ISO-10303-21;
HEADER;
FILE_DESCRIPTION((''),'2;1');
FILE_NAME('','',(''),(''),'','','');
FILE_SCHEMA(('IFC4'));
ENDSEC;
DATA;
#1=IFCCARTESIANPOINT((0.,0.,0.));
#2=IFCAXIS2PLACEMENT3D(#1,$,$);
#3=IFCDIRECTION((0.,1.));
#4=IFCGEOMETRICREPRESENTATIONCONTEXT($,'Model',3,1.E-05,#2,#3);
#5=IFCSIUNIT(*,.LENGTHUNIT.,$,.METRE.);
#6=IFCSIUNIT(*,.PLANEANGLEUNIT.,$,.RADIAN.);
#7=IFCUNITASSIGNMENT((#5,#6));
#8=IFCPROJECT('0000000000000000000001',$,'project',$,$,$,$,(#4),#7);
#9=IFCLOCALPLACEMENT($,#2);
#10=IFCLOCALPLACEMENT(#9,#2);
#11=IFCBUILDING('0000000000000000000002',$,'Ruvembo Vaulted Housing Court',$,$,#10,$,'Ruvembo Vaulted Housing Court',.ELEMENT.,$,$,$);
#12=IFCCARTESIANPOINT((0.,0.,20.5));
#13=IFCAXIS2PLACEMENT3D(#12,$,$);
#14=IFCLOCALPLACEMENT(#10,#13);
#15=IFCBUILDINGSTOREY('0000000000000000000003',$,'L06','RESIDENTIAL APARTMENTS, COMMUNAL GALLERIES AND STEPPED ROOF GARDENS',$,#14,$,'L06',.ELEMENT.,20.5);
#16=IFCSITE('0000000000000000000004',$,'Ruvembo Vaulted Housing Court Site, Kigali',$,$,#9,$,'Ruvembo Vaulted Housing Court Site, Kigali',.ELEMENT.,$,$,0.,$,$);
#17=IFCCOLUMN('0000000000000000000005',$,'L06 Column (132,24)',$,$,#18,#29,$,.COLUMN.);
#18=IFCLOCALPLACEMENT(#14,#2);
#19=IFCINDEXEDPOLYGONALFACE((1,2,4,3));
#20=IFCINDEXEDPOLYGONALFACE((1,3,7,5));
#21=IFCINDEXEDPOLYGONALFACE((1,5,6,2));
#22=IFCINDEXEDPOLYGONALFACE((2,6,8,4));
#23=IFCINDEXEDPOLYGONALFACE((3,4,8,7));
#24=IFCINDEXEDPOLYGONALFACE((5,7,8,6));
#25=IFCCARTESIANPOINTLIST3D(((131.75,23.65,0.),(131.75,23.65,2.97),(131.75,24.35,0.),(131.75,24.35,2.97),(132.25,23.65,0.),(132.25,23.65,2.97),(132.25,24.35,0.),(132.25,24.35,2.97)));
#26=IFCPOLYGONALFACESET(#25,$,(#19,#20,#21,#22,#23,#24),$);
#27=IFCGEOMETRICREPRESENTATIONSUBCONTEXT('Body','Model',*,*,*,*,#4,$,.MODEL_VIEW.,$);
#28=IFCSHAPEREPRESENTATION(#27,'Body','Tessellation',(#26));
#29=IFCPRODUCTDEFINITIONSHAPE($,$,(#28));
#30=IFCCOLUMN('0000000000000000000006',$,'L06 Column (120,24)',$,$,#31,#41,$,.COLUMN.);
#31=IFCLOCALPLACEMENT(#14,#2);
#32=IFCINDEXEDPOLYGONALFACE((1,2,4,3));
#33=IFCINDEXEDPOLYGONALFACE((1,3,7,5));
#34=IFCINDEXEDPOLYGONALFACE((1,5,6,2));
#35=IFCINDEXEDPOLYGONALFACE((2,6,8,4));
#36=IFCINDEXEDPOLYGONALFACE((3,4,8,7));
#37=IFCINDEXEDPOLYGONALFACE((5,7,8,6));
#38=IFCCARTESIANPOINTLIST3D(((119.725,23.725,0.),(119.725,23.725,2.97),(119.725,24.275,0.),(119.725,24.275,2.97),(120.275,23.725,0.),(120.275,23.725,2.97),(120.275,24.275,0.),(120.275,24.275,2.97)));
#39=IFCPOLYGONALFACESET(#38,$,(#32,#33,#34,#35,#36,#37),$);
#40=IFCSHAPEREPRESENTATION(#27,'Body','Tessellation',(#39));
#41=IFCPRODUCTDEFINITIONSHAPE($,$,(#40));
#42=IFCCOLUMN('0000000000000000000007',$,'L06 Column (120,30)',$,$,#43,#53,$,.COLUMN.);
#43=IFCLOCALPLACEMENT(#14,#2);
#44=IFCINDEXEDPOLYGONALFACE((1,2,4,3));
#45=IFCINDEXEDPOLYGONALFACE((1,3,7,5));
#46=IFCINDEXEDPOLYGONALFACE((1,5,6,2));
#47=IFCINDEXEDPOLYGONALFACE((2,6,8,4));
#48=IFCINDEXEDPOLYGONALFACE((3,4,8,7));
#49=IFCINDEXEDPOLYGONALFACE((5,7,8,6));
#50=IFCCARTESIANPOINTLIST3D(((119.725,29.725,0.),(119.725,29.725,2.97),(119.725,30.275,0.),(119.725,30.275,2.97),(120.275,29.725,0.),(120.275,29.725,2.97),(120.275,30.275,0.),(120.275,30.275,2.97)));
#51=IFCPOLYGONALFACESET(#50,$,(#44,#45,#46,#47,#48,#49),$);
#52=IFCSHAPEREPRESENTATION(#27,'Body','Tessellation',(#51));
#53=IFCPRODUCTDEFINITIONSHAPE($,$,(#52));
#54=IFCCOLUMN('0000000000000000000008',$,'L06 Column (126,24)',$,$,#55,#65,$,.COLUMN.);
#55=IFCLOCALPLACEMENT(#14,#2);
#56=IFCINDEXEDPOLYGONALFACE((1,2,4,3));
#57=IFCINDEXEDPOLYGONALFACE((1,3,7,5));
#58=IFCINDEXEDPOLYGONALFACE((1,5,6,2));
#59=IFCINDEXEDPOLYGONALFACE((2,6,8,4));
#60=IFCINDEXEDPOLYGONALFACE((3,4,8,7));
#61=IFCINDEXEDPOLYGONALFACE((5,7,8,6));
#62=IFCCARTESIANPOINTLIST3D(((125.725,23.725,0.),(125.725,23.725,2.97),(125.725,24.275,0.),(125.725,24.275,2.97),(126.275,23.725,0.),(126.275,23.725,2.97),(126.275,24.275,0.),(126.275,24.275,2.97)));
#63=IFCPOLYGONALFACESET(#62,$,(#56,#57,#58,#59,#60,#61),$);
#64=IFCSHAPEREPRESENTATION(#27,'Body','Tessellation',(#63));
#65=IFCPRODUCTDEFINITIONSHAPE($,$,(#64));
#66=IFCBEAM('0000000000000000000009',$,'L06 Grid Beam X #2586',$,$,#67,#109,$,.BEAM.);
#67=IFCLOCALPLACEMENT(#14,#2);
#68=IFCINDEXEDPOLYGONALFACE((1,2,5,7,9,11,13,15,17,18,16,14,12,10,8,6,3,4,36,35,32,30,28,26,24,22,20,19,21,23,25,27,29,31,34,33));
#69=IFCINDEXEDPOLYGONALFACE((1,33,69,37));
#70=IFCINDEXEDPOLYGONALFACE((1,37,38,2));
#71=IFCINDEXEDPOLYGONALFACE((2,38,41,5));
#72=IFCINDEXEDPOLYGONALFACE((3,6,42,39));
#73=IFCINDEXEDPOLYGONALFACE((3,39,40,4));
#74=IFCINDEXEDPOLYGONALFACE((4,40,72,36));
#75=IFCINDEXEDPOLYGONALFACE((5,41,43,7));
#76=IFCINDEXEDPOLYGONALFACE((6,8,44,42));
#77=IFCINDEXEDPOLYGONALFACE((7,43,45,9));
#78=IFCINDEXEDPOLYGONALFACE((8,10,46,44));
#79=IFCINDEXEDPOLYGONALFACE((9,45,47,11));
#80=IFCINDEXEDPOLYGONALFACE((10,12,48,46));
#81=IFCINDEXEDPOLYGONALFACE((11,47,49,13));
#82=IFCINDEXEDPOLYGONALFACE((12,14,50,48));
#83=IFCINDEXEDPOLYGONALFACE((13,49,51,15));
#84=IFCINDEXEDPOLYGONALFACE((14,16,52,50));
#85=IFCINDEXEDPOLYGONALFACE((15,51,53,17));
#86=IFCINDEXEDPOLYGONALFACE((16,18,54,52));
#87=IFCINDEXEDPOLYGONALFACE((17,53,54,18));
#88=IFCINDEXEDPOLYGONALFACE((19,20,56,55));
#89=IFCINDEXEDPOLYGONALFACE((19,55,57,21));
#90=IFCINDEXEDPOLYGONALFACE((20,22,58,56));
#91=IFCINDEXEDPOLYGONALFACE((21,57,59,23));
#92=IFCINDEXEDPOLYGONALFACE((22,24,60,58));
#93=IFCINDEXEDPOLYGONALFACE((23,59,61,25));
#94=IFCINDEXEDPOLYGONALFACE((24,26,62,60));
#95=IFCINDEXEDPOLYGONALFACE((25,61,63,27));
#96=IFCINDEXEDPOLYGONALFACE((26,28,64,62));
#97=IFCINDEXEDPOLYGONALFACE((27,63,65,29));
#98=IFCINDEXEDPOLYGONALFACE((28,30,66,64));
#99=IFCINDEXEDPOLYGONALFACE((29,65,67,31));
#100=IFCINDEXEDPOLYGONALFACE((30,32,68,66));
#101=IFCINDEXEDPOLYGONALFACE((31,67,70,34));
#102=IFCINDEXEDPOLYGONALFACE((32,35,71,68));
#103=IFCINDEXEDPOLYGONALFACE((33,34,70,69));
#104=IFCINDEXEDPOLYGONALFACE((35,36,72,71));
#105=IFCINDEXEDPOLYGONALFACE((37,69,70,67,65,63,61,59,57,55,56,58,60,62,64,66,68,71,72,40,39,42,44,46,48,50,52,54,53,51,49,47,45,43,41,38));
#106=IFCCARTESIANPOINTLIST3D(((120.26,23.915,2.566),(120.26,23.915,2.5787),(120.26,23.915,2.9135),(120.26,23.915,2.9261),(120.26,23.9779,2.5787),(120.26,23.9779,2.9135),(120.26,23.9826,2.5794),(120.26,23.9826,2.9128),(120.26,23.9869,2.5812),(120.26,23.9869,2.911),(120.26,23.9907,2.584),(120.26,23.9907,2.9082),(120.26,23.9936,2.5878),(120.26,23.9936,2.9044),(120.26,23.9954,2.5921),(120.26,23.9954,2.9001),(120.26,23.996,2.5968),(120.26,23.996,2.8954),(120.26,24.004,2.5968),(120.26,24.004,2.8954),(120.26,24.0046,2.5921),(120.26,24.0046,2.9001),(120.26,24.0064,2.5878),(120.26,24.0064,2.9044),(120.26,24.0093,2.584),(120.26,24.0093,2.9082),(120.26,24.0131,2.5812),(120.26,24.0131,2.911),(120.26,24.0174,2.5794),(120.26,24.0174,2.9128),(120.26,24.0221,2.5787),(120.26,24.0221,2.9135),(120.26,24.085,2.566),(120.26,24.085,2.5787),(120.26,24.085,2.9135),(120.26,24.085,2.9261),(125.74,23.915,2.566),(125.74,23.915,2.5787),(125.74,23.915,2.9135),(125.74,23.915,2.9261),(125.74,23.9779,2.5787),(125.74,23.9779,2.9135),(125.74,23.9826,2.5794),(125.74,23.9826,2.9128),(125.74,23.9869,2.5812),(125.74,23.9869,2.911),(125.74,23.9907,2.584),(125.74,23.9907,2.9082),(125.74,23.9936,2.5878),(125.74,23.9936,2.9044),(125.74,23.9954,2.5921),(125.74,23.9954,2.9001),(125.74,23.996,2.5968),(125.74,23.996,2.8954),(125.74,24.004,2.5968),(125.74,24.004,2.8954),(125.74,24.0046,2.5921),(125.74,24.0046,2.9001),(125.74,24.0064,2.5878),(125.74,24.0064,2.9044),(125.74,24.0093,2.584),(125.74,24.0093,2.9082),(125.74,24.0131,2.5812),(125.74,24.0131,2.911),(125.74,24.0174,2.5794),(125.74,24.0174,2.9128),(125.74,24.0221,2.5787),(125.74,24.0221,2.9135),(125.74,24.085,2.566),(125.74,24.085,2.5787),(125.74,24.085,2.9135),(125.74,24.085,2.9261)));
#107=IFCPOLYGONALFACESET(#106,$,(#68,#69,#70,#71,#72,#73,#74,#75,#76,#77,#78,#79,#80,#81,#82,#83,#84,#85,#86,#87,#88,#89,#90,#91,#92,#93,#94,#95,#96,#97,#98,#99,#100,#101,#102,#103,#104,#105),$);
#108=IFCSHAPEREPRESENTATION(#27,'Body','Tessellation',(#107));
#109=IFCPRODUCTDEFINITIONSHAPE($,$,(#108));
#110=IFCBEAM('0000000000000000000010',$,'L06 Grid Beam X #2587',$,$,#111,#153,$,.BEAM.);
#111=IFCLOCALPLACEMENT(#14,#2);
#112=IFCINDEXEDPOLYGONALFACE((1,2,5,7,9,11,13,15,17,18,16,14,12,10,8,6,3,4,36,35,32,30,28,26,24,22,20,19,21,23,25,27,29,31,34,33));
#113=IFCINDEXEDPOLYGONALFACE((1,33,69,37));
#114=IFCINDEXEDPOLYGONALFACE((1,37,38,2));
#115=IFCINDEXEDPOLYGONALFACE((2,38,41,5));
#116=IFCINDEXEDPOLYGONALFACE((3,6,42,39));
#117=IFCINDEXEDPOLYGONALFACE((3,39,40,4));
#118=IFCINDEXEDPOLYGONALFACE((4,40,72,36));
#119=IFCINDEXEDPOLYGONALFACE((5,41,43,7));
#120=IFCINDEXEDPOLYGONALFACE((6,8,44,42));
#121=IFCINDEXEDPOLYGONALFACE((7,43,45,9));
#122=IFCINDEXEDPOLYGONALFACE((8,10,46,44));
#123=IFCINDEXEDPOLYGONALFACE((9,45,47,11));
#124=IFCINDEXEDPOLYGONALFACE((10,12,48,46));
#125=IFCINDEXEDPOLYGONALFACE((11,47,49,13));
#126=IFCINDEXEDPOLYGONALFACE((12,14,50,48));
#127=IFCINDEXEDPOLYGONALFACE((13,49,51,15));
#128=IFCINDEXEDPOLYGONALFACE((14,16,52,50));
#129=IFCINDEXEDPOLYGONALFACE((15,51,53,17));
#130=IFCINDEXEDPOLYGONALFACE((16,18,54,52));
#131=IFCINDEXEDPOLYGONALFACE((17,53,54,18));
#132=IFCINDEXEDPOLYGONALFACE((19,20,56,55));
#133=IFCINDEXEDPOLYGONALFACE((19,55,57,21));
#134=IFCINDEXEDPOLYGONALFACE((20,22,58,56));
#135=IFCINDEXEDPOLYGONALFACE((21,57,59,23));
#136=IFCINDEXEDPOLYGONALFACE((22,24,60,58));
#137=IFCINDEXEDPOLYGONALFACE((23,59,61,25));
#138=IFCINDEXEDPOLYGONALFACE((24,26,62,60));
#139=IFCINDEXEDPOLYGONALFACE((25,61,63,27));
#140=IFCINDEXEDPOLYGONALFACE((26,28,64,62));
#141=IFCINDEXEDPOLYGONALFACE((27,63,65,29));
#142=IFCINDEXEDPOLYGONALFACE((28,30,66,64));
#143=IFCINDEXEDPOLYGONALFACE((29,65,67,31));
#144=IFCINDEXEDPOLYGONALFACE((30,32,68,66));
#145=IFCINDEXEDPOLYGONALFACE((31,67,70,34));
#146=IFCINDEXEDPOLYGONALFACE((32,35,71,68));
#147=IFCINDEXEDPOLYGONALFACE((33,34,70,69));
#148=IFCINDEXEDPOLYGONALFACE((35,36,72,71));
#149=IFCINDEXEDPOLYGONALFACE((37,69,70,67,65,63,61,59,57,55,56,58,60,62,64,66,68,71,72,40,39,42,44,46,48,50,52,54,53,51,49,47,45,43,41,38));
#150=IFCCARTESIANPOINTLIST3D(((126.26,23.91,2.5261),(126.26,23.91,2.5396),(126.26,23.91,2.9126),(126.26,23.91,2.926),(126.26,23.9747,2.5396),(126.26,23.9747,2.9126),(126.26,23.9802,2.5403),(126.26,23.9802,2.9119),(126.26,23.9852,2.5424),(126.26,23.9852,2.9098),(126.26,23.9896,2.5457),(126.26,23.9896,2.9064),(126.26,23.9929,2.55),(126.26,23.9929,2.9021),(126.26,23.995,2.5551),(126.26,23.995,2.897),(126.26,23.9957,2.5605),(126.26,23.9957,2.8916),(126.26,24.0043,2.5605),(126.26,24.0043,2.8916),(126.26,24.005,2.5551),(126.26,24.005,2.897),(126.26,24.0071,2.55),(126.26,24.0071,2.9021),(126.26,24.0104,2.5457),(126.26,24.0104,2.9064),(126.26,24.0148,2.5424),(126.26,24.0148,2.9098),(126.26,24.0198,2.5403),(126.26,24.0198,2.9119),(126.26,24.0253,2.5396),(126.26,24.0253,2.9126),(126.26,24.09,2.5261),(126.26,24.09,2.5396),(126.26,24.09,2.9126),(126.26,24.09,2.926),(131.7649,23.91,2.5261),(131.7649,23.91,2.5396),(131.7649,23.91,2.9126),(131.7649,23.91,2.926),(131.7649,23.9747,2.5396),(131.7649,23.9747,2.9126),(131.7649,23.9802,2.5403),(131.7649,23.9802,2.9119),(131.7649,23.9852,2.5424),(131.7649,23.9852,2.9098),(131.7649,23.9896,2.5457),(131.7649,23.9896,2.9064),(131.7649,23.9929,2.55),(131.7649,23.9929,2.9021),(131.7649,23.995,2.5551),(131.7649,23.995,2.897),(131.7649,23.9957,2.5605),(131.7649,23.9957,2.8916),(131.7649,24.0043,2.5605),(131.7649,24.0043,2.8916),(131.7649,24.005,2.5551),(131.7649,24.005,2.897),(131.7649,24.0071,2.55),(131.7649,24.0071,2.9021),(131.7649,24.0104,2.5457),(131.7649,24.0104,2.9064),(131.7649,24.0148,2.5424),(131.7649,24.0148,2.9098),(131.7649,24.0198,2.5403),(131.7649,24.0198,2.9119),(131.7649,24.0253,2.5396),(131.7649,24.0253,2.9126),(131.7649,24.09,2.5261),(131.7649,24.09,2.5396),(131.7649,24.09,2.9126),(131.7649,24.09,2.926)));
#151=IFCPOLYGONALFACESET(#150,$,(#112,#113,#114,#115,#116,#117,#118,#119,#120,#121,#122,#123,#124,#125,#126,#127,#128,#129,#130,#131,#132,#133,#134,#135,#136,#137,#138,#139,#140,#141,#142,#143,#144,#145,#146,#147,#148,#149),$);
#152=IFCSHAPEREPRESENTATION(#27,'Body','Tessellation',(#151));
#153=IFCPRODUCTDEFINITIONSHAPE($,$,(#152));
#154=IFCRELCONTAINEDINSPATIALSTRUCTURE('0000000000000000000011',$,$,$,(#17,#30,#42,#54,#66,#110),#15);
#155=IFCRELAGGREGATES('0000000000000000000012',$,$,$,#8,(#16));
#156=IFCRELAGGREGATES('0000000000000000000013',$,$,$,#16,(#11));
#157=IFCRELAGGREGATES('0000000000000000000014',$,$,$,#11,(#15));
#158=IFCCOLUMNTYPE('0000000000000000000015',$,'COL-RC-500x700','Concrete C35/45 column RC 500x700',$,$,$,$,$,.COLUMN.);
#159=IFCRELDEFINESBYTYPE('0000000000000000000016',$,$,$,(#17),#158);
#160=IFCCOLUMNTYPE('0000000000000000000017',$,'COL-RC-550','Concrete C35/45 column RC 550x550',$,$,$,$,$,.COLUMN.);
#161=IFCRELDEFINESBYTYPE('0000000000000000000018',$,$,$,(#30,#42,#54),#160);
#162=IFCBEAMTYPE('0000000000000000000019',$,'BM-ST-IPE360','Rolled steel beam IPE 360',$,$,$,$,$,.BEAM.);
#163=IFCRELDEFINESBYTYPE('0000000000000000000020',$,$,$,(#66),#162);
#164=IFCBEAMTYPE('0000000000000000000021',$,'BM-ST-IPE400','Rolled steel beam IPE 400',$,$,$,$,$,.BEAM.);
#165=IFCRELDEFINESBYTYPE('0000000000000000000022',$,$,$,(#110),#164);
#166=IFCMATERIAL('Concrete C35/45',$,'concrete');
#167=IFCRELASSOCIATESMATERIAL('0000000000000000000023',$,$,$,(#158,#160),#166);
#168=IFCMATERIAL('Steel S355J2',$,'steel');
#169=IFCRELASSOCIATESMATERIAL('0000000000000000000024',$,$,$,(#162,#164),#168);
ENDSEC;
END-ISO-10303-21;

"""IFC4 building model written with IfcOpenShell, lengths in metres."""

from ifc_helpers import new_model, si_unit, direction, frame, origin, origin_2d, place, context, subcontext, project, spatial, rectangle, i_section, extrude, material, material_profile, profile_set, type_object, element, save


model = new_model("IFC4")

# Units and contexts
model_context = context("Model", 3, precision=1e-05, world=origin(), true_north=direction((0.0, 1.0)))
body_context = subcontext(model_context, "Body", "Model", "MODEL_VIEW")
ifc_project = project(units=[si_unit("LENGTHUNIT", "METRE"), si_unit("PLANEANGLEUNIT", "RADIAN")], contexts=[model_context])

# Site, building, storey
site_placement = place(None, origin())
site = spatial("IfcSite", under=ifc_project, at=site_placement, Name="Ruvembo Vaulted Housing Court Site, Kigali", LongName="Ruvembo Vaulted Housing Court Site, Kigali", CompositionType="ELEMENT", RefElevation=0.0)
building_placement = place(site_placement, origin())
building = spatial("IfcBuilding", under=site, at=building_placement, Name="Ruvembo Vaulted Housing Court", LongName="Ruvembo Vaulted Housing Court", CompositionType="ELEMENT")
storey_placement = place(building_placement, frame((0.0, 0.0, 20.5)))
storey = spatial("IfcBuildingStorey", under=building, at=storey_placement, Name="L06", Description="RESIDENTIAL APARTMENTS, COMMUNAL GALLERIES AND STEPPED ROOF GARDENS", LongName="L06", CompositionType="ELEMENT", Elevation=20.5)

# Columns
ifc_material_1 = material(Name="Concrete C35/45", Category="concrete")
ifc_material_profile_1 = material_profile(ifc_material_1, rectangle(XDim=0.5, YDim=0.7, at=origin_2d()), Name="RC 500x700")
ifc_profile_set_1 = profile_set([ifc_material_profile_1], Name="Concrete C35/45")
column_type_1 = type_object("IfcColumnType", Name="COL-RC-500x700", Description="Concrete C35/45 column RC 500x700", PredefinedType="COLUMN", material=ifc_profile_set_1)
column_placement = place(storey_placement, frame((132.0, 24.0, 0.0), z_axis=(0.0, 0.0, 1.0), x_axis=(1.0, 0.0, 0.0)))
element("IfcColumn", 1, at=column_placement, inside=storey, type_object=column_type_1, Name="L06 Column (132,24)", PredefinedType="COLUMN", context=body_context, shape_type="SweptSolid", body=[
    extrude(rectangle(XDim=0.5, YDim=0.7, at=origin_2d()), origin(), (0.0, 0.0, 1.0), 2.97),
])
ifc_material_profile_2 = material_profile(ifc_material_1, rectangle(XDim=0.55, YDim=0.55, at=origin_2d()), Name="RC 550x550")
ifc_profile_set_2 = profile_set([ifc_material_profile_2], Name="Concrete C35/45")
column_type_2 = type_object("IfcColumnType", Name="COL-RC-550", Description="Concrete C35/45 column RC 550x550", PredefinedType="COLUMN", material=ifc_profile_set_2)
for number, where, z_axis, x_axis, name in (
    (2, (120.0, 24.0, 0.0), (0.0, 0.0, 1.0), (1.0, 0.0, 0.0), "L06 Column (120,24)"),
    (3, (120.0, 30.0, 0.0), (0.0, 0.0, 1.0), (1.0, 0.0, 0.0), "L06 Column (120,30)"),
    (4, (126.0, 24.0, 0.0), (0.0, 0.0, 1.0), (1.0, 0.0, 0.0), "L06 Column (126,24)"),
):
    element("IfcColumn", number, at=place(storey_placement, frame(where, z_axis=z_axis, x_axis=x_axis)), inside=storey, type_object=column_type_2, Name=name, PredefinedType="COLUMN", context=body_context, shape_type="SweptSolid", body=[
        extrude(rectangle(XDim=0.55, YDim=0.55, at=origin_2d()), origin(), (0.0, 0.0, 1.0), 2.97),
    ])

# Beams
ifc_material_2 = material(Name="Steel S355J2", Category="steel")
ifc_material_profile_3 = material_profile(ifc_material_2, i_section(OverallWidth=0.1699, OverallDepth=0.3601, WebThickness=0.0081, FlangeThickness=0.0127, FilletRadius=0.0181, at=origin_2d()), Name="IPE 360")
ifc_profile_set_3 = profile_set([ifc_material_profile_3], Name="Steel S355J2")
beam_type_1 = type_object("IfcBeamType", Name="BM-ST-IPE360", Description="Rolled steel beam IPE 360", PredefinedType="BEAM", material=ifc_profile_set_3)
beam_1_placement = place(storey_placement, frame((120.26, 24.0, 2.7461), z_axis=(1.0, 0.0, 0.0), x_axis=(0.0, 1.0, 0.0)))
element("IfcBeam", 5, at=beam_1_placement, inside=storey, type_object=beam_type_1, Name="L06 Grid Beam X #2586", PredefinedType="BEAM", context=body_context, shape_type="SweptSolid", body=[
    extrude(i_section(OverallWidth=0.1699, OverallDepth=0.3601, WebThickness=0.0081, FlangeThickness=0.0127, FilletRadius=0.0181, at=origin_2d()), origin(), (0.0, 0.0, 1.0), 5.48),
])
ifc_material_profile_4 = material_profile(ifc_material_2, i_section(OverallWidth=0.1799, OverallDepth=0.3999, WebThickness=0.0085, FlangeThickness=0.0134, FilletRadius=0.021, at=origin_2d()), Name="IPE 400")
ifc_profile_set_4 = profile_set([ifc_material_profile_4], Name="Steel S355J2")
beam_type_2 = type_object("IfcBeamType", Name="BM-ST-IPE400", Description="Rolled steel beam IPE 400", PredefinedType="BEAM", material=ifc_profile_set_4)
beam_2_placement = place(storey_placement, frame((126.26, 24.0, 2.7261), z_axis=(1.0, 0.0, 0.0), x_axis=(0.0, 1.0, 0.0)))
element("IfcBeam", 6, at=beam_2_placement, inside=storey, type_object=beam_type_2, Name="L06 Grid Beam X #2587", PredefinedType="BEAM", context=body_context, shape_type="SweptSolid", body=[
    extrude(i_section(OverallWidth=0.1799, OverallDepth=0.3999, WebThickness=0.0085, FlangeThickness=0.0134, FilletRadius=0.021, at=origin_2d()), origin(), (0.0, 0.0, 1.0), 5.5049),
])

save(model, "model.ifc")
